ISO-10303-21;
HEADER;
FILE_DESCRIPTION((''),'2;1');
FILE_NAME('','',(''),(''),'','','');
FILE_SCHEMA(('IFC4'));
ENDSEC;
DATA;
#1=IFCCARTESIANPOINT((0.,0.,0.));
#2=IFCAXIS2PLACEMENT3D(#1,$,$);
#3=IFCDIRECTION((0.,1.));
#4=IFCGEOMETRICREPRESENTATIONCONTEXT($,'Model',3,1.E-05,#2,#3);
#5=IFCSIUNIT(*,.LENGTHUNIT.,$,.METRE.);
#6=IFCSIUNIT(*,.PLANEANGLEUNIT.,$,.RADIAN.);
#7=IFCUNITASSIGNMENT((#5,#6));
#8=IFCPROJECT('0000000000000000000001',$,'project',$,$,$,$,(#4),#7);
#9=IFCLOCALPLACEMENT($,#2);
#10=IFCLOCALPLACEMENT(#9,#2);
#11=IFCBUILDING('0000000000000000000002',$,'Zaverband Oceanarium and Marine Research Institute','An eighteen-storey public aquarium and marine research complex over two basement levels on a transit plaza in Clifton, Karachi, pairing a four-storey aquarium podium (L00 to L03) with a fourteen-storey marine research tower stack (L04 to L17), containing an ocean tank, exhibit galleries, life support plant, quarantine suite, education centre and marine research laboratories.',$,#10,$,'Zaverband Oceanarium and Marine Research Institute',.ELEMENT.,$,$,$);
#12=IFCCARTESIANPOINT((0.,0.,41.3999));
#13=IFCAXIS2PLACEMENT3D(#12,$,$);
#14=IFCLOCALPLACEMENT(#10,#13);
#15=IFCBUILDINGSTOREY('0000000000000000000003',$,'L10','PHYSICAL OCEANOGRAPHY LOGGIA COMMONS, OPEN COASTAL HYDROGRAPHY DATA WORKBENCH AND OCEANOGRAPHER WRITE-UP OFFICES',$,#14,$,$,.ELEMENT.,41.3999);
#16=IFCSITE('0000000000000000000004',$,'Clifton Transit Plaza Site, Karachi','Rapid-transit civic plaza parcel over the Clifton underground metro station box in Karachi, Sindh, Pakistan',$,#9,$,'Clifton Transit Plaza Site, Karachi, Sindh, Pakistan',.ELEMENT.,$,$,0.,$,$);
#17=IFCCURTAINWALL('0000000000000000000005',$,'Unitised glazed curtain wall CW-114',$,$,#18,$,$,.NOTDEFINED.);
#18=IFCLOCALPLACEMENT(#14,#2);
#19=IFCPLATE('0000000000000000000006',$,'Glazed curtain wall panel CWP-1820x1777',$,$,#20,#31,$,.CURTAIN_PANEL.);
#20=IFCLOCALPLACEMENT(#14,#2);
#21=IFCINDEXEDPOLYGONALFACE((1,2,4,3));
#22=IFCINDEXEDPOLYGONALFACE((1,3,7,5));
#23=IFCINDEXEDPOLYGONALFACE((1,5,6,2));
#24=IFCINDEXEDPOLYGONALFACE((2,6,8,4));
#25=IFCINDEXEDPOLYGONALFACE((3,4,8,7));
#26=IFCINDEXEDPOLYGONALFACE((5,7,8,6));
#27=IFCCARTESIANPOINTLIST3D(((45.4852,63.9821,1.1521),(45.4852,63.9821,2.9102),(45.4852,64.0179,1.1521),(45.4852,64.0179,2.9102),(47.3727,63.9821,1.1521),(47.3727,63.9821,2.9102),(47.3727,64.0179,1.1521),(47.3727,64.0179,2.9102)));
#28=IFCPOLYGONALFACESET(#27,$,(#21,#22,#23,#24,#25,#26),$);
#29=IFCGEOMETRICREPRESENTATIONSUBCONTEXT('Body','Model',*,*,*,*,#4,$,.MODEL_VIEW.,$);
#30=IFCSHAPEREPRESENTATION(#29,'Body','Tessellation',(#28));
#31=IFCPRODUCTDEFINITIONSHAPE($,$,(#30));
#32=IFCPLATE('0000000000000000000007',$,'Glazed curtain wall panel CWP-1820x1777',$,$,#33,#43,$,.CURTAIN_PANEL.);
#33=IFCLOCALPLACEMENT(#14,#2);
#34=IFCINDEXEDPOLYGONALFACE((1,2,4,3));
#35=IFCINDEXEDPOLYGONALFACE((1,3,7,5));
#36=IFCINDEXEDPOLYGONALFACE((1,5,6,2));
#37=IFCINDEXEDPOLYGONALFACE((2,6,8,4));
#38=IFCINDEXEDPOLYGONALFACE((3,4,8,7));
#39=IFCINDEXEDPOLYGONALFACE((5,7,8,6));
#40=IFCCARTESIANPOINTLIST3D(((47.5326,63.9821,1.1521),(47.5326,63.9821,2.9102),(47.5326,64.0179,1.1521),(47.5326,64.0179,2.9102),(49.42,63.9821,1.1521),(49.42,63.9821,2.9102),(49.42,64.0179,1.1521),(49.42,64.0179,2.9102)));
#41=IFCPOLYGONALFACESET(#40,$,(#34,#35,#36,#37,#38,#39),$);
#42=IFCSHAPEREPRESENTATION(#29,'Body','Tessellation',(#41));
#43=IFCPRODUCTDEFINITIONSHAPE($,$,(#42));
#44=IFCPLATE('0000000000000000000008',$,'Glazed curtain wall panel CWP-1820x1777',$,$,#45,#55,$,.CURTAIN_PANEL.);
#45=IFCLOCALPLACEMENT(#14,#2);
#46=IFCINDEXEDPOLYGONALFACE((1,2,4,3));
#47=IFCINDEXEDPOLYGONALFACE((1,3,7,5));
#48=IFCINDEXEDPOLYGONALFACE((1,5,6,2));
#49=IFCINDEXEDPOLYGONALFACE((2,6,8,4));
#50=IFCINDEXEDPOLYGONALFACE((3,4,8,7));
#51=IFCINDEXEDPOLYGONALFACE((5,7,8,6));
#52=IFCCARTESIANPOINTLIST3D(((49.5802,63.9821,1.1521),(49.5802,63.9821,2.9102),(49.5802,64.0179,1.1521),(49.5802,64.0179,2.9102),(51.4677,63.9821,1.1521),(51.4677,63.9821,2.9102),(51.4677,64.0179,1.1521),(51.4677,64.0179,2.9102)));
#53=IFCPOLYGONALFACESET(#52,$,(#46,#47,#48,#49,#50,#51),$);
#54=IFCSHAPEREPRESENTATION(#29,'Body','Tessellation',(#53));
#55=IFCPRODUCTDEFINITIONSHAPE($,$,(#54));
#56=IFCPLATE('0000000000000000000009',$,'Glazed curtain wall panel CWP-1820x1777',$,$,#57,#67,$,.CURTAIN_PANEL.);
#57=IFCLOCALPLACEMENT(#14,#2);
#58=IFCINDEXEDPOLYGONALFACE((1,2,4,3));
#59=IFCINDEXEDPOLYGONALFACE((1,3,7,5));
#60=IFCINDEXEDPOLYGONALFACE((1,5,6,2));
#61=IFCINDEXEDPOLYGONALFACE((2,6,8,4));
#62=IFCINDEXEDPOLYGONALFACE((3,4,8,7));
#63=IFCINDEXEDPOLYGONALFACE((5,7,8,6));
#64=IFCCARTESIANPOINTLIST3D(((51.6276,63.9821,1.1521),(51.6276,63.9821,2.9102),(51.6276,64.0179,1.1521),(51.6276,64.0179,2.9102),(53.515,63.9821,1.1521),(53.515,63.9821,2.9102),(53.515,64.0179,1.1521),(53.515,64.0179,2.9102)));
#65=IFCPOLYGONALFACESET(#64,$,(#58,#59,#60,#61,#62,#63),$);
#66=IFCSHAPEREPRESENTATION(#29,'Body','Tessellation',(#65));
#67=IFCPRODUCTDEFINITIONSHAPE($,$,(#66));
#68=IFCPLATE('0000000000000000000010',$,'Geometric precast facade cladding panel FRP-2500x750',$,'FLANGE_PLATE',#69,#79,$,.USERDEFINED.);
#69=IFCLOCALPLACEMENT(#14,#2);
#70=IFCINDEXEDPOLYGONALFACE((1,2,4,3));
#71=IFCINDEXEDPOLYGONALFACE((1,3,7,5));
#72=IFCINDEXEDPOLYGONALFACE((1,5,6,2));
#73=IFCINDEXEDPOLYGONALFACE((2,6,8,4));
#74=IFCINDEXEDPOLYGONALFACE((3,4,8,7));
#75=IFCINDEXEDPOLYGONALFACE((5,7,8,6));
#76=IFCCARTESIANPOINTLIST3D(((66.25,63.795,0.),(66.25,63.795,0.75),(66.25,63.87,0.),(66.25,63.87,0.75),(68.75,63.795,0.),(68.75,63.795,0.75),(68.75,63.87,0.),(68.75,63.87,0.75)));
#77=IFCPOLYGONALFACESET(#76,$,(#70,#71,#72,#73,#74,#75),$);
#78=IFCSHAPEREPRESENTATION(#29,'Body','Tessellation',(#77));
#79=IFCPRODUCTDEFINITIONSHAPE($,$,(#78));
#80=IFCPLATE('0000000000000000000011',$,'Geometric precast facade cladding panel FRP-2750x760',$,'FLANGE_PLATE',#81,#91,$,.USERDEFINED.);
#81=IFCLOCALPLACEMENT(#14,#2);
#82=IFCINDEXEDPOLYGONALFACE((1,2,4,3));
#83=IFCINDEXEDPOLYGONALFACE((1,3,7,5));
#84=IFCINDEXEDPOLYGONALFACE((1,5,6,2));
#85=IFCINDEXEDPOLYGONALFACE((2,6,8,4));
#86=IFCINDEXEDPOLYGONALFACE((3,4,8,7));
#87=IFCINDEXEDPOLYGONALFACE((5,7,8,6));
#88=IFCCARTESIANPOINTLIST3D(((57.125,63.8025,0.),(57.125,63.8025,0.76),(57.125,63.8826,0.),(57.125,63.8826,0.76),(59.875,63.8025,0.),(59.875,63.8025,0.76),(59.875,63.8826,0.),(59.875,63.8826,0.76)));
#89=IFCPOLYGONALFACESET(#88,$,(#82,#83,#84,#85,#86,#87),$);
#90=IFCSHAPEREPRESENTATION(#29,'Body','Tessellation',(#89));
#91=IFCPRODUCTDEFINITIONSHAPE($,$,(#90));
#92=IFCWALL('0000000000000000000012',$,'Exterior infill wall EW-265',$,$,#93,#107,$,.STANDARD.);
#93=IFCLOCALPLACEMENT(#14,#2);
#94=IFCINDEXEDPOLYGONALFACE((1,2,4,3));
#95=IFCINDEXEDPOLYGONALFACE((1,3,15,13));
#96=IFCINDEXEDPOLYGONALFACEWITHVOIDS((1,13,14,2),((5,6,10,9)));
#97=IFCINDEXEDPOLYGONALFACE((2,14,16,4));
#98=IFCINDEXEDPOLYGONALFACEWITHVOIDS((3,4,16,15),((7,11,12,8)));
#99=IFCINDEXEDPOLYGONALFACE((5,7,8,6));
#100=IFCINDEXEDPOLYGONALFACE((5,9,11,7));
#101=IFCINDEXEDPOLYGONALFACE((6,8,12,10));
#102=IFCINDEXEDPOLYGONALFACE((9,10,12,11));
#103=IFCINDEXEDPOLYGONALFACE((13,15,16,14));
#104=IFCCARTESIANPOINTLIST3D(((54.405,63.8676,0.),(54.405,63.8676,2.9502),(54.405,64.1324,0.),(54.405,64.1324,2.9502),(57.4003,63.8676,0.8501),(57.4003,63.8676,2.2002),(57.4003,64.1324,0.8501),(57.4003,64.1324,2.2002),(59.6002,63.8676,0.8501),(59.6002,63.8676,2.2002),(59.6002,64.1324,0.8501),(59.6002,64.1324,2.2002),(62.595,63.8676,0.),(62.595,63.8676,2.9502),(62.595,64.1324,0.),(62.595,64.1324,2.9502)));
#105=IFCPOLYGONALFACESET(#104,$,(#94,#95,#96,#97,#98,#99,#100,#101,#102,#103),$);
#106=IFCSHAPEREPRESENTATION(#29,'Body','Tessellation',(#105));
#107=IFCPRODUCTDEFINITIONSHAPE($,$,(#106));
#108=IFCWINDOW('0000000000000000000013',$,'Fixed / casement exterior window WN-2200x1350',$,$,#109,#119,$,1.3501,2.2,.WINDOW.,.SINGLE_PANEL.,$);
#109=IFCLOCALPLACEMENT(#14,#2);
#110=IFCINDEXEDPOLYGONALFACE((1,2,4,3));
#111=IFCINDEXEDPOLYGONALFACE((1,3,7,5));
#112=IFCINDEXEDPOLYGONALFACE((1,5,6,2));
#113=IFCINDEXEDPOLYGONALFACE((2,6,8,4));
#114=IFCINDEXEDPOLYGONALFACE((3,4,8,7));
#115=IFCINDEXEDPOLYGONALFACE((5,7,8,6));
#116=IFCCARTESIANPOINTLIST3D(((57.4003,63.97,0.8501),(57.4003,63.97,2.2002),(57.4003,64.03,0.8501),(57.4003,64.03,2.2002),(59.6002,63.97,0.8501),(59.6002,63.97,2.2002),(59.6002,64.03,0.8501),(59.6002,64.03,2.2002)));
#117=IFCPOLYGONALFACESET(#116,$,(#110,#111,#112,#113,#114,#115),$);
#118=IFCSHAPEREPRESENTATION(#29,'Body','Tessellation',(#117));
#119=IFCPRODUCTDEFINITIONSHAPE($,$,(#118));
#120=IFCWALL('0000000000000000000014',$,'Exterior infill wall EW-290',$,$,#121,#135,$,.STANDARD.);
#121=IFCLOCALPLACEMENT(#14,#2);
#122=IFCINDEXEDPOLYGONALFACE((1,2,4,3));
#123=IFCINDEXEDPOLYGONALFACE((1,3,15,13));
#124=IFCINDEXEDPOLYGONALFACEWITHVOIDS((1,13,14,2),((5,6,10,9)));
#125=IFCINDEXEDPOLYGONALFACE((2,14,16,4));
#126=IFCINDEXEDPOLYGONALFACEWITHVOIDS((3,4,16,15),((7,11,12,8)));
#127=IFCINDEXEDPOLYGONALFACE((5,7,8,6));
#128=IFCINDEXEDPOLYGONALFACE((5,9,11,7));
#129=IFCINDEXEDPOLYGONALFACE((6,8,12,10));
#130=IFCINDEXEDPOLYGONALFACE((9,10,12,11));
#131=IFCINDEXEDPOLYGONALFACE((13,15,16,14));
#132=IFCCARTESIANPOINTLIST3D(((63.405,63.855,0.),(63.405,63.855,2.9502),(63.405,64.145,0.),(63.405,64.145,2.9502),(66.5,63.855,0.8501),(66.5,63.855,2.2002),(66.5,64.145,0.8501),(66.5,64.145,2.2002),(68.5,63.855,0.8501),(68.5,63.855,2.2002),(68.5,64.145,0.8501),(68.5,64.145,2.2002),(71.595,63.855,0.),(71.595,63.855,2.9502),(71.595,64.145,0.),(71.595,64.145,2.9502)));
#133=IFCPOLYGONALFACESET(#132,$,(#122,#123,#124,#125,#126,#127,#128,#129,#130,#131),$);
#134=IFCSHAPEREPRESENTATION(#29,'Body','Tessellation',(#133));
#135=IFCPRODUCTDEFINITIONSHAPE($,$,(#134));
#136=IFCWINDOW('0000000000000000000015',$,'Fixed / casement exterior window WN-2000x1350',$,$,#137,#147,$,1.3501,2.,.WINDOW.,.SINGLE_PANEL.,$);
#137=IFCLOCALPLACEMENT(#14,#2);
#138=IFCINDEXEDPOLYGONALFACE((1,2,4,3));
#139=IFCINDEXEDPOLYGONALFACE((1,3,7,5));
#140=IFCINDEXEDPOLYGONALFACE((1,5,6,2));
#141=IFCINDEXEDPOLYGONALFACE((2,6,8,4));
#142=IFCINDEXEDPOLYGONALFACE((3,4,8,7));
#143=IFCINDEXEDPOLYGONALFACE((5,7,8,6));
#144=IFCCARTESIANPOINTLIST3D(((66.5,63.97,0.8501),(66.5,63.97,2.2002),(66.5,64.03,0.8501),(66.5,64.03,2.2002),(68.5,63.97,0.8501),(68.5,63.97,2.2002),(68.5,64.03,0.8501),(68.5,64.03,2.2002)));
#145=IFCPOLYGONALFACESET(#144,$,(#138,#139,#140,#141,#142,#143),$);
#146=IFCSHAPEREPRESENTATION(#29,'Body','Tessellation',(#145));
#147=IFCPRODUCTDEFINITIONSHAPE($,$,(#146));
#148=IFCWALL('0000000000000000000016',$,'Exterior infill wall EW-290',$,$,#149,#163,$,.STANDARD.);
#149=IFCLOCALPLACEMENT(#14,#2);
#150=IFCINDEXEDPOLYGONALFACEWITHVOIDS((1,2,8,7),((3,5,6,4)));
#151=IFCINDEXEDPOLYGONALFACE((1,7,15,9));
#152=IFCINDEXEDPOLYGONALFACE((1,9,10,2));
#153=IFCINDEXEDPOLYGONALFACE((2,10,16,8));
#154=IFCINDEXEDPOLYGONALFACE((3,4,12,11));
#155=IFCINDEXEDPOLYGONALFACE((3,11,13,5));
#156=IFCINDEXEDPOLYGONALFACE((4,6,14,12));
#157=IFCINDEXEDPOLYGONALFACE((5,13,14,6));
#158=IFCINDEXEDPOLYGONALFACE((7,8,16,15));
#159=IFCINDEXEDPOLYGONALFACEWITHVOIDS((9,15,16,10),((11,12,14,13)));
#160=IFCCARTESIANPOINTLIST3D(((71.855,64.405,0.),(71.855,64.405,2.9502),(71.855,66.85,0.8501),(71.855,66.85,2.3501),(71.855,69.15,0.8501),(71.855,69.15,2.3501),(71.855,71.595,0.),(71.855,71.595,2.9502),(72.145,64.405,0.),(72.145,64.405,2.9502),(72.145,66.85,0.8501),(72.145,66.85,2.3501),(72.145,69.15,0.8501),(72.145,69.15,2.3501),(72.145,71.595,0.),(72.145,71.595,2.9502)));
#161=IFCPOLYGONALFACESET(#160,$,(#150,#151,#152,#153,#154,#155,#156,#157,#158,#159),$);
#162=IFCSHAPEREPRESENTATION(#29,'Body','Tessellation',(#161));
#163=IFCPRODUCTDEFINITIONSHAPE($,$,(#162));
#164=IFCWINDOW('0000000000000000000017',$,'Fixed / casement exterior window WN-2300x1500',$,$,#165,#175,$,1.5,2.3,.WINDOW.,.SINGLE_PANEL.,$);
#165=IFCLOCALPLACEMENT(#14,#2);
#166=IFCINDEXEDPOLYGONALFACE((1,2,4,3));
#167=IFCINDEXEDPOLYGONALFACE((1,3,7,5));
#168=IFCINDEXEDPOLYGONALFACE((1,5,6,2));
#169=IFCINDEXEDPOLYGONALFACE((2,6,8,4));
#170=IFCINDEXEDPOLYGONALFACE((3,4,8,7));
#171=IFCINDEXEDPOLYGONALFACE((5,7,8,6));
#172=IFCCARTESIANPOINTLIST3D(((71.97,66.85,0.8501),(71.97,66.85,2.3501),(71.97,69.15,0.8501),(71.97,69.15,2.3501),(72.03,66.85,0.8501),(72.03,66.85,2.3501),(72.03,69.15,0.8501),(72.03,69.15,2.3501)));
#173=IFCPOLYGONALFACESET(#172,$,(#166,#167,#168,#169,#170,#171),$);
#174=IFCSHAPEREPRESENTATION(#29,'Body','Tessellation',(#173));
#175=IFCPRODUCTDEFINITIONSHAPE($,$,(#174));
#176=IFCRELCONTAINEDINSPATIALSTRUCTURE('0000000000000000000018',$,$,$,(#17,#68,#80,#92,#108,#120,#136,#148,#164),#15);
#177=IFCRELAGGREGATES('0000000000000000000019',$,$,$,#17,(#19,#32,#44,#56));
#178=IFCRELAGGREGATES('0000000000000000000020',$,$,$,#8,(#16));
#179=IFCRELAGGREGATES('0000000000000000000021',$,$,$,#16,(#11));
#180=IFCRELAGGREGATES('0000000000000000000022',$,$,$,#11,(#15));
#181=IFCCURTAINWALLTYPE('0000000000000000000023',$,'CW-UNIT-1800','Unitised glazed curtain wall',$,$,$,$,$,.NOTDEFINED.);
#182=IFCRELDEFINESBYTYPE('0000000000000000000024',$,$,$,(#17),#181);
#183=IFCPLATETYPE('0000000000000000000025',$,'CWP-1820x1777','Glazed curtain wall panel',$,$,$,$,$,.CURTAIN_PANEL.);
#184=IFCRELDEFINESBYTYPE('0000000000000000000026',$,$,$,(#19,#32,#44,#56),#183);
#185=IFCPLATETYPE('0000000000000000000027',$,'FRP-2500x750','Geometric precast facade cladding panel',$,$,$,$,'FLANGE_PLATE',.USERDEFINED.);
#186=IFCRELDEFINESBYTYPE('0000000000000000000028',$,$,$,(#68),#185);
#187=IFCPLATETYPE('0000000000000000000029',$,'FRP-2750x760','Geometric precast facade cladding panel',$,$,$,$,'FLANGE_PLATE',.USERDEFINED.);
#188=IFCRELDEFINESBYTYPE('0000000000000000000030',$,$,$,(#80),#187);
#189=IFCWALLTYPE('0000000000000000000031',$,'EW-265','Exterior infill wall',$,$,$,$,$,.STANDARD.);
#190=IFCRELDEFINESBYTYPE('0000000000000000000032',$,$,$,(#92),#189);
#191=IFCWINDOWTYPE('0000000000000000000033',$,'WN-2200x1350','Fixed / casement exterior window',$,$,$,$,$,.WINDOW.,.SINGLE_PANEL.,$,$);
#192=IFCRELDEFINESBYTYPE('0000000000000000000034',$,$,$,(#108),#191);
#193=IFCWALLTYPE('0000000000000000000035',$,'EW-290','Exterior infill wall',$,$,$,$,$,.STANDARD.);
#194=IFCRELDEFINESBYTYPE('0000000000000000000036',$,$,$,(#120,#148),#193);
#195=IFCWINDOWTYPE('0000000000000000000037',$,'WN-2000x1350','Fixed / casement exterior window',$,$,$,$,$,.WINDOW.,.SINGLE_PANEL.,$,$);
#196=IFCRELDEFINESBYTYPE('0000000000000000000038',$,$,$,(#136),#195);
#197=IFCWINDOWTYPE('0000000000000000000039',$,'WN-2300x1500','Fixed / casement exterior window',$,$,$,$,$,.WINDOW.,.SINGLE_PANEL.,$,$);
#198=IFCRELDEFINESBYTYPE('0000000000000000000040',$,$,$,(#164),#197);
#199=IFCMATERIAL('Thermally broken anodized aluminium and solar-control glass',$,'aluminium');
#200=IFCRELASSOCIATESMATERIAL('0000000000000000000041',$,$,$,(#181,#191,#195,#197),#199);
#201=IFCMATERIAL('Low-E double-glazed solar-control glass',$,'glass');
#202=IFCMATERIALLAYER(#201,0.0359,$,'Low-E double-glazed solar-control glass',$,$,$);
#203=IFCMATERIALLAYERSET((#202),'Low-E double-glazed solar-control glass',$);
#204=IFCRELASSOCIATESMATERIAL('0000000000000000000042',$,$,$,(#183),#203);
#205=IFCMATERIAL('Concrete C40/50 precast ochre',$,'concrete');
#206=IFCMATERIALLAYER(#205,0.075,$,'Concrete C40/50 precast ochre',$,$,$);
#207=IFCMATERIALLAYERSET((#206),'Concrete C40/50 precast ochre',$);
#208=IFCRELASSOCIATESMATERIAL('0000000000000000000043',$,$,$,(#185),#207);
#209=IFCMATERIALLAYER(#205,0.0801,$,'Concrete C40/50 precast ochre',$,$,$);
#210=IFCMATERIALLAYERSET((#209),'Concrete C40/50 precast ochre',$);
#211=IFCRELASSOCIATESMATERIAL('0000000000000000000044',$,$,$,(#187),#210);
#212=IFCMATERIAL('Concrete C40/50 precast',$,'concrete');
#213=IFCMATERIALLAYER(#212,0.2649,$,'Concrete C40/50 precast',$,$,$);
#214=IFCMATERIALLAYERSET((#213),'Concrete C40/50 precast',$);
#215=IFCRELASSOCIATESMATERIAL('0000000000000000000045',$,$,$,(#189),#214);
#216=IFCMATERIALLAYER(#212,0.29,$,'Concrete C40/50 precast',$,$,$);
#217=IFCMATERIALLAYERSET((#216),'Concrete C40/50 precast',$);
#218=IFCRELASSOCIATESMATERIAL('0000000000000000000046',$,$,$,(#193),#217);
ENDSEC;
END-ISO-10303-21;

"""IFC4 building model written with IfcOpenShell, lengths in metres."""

from ifc_helpers import new_model, si_unit, direction, frame, frame_2d, origin, place, context, subcontext, project, spatial, rectangle, extrude, material, layer, layer_set, type_object, element, fill, aggregate, save


model = new_model("IFC4")

# Units and contexts
model_context = context("Model", 3, precision=1e-05, world=origin(), true_north=direction((0.0, 1.0)))
body_context = subcontext(model_context, "Body", "Model", "MODEL_VIEW")
ifc_project = project(units=[si_unit("LENGTHUNIT", "METRE"), si_unit("PLANEANGLEUNIT", "RADIAN")], contexts=[model_context])

# Site, building, storey
site_placement = place(None, origin())
site = spatial("IfcSite", under=ifc_project, at=site_placement, Name="Clifton Transit Plaza Site, Karachi", Description="Rapid-transit civic plaza parcel over the Clifton underground metro station box in Karachi, Sindh, Pakistan", LongName="Clifton Transit Plaza Site, Karachi, Sindh, Pakistan", CompositionType="ELEMENT", RefElevation=0.0)
building_placement = place(site_placement, origin())
building = spatial("IfcBuilding", under=site, at=building_placement, Name="Zaverband Oceanarium and Marine Research Institute", Description="An eighteen-storey public aquarium and marine research complex over two basement levels on a transit plaza in Clifton, Karachi, pairing a four-storey aquarium podium (L00 to L03) with a fourteen-storey marine research tower stack (L04 to L17), containing an ocean tank, exhibit galleries, life support plant, quarantine suite, education centre and marine research laboratories.", LongName="Zaverband Oceanarium and Marine Research Institute", CompositionType="ELEMENT")
storey_placement = place(building_placement, frame((0.0, 0.0, 41.3999)))
storey = spatial("IfcBuildingStorey", under=building, at=storey_placement, Name="L10", Description="PHYSICAL OCEANOGRAPHY LOGGIA COMMONS, OPEN COASTAL HYDROGRAPHY DATA WORKBENCH AND OCEANOGRAPHER WRITE-UP OFFICES", CompositionType="ELEMENT", Elevation=41.3999)

# Curtain wall
ifc_material_1 = material(Name="Thermally broken anodized aluminium and solar-control glass", Category="aluminium")
curtain_wall_type = type_object("IfcCurtainWallType", Name="CW-UNIT-1800", Description="Unitised glazed curtain wall", PredefinedType="NOTDEFINED", material=ifc_material_1)
curtain_wall_placement = place(storey_placement, origin())
curtain_wall = element("IfcCurtainWall", 1, at=curtain_wall_placement, inside=storey, type_object=curtain_wall_type, Name="Unitised glazed curtain wall CW-114", PredefinedType="NOTDEFINED")

# Plates
ifc_material_2 = material(Name="Low-E double-glazed solar-control glass", Category="glass")
ifc_layer_1 = layer(ifc_material_2, 0.0359, Name="Low-E double-glazed solar-control glass")
ifc_layer_set_1 = layer_set([ifc_layer_1], Name="Low-E double-glazed solar-control glass")
plate_type_1 = type_object("IfcPlateType", Name="CWP-1820x1777", Description="Glazed curtain wall panel", PredefinedType="CURTAIN_PANEL", material=ifc_layer_set_1)
plate_1_placement = place(storey_placement, frame((45.4851, 64.0, 1.1521), z_axis=(0.0, 0.0, 1.0), x_axis=(1.0, 0.0, 0.0)))
plate_1 = element("IfcPlate", 2, at=plate_1_placement, type_object=plate_type_1, Name="Glazed curtain wall panel CWP-1820x1777", PredefinedType="CURTAIN_PANEL", context=body_context, shape_type="SweptSolid", body=[
    extrude(rectangle(XDim=1.8875, YDim=0.0359, at=frame_2d((0.9438, 0.0))), origin(), (0.0, 0.0, 1.0), 1.7581),
])
plate_2_placement = place(storey_placement, frame((47.5325, 64.0, 1.1521), z_axis=(0.0, 0.0, 1.0), x_axis=(1.0, 0.0, 0.0)))
plate_2 = element("IfcPlate", 3, at=plate_2_placement, type_object=plate_type_1, Name="Glazed curtain wall panel CWP-1820x1777", PredefinedType="CURTAIN_PANEL", context=body_context, shape_type="SweptSolid", body=[
    extrude(rectangle(XDim=1.8875, YDim=0.0359, at=frame_2d((0.9438, 0.0))), origin(), (0.0, 0.0, 1.0), 1.7581),
])
plate_3_placement = place(storey_placement, frame((49.5801, 64.0, 1.1521), z_axis=(0.0, 0.0, 1.0), x_axis=(1.0, 0.0, 0.0)))
plate_3 = element("IfcPlate", 4, at=plate_3_placement, type_object=plate_type_1, Name="Glazed curtain wall panel CWP-1820x1777", PredefinedType="CURTAIN_PANEL", context=body_context, shape_type="SweptSolid", body=[
    extrude(rectangle(XDim=1.8875, YDim=0.0359, at=frame_2d((0.9438, 0.0))), origin(), (0.0, 0.0, 1.0), 1.7581),
])
plate_4_placement = place(storey_placement, frame((51.6274, 64.0, 1.1521), z_axis=(0.0, 0.0, 1.0), x_axis=(1.0, 0.0, 0.0)))
plate_4 = element("IfcPlate", 5, at=plate_4_placement, type_object=plate_type_1, Name="Glazed curtain wall panel CWP-1820x1777", PredefinedType="CURTAIN_PANEL", context=body_context, shape_type="SweptSolid", body=[
    extrude(rectangle(XDim=1.8875, YDim=0.0359, at=frame_2d((0.9438, 0.0))), origin(), (0.0, 0.0, 1.0), 1.7581),
])
aggregate(curtain_wall, [plate_1, plate_2, plate_3, plate_4])

# Plates
ifc_material_3 = material(Name="Concrete C40/50 precast ochre", Category="concrete")
ifc_layer_2 = layer(ifc_material_3, 0.075, Name="Concrete C40/50 precast ochre")
ifc_layer_set_2 = layer_set([ifc_layer_2], Name="Concrete C40/50 precast ochre")
plate_type_2 = type_object("IfcPlateType", Name="FRP-2500x750", Description="Geometric precast facade cladding panel", ElementType="FLANGE_PLATE", PredefinedType="USERDEFINED", material=ifc_layer_set_2)
plate_5_placement = place(storey_placement, frame((66.25, 63.8325, 0.0), z_axis=(0.0, 0.0, 1.0), x_axis=(1.0, 0.0, 0.0)))
element("IfcPlate", 6, at=plate_5_placement, inside=storey, type_object=plate_type_2, Name="Geometric precast facade cladding panel FRP-2500x750", ObjectType="FLANGE_PLATE", PredefinedType="USERDEFINED", context=body_context, shape_type="SweptSolid", body=[
    extrude(rectangle(XDim=2.5, YDim=0.075, at=frame_2d((1.25, 0.0))), origin(), (0.0, 0.0, 1.0), 0.75),
])
ifc_layer_3 = layer(ifc_material_3, 0.0801, Name="Concrete C40/50 precast ochre")
ifc_layer_set_3 = layer_set([ifc_layer_3], Name="Concrete C40/50 precast ochre")
plate_type_3 = type_object("IfcPlateType", Name="FRP-2750x760", Description="Geometric precast facade cladding panel", ElementType="FLANGE_PLATE", PredefinedType="USERDEFINED", material=ifc_layer_set_3)
plate_6_placement = place(storey_placement, frame((57.125, 63.8425, 0.0), z_axis=(0.0, 0.0, 1.0), x_axis=(1.0, 0.0, 0.0)))
element("IfcPlate", 7, at=plate_6_placement, inside=storey, type_object=plate_type_3, Name="Geometric precast facade cladding panel FRP-2750x760", ObjectType="FLANGE_PLATE", PredefinedType="USERDEFINED", context=body_context, shape_type="SweptSolid", body=[
    extrude(rectangle(XDim=2.75, YDim=0.0801, at=frame_2d((1.375, 0.0))), origin(), (0.0, 0.0, 1.0), 0.76),
])

# Walls, openings, windows
ifc_material_4 = material(Name="Concrete C40/50 precast", Category="concrete")
ifc_layer_4 = layer(ifc_material_4, 0.2649, Name="Concrete C40/50 precast")
ifc_layer_set_4 = layer_set([ifc_layer_4], Name="Concrete C40/50 precast")
wall_type_1 = type_object("IfcWallType", Name="EW-265", Description="Exterior infill wall", PredefinedType="STANDARD", material=ifc_layer_set_4)
wall_1_placement = place(storey_placement, frame((54.405, 64.0, 0.0), z_axis=(0.0, 0.0, 1.0), x_axis=(1.0, 0.0, 0.0)))
wall_1 = element("IfcWall", 8, at=wall_1_placement, inside=storey, type_object=wall_type_1, Name="Exterior infill wall EW-265", PredefinedType="STANDARD", context=body_context, shape_type="SweptSolid", body=[
    extrude(rectangle(XDim=8.1899, YDim=0.2649, at=frame_2d((4.095, 0.0))), origin(), (0.0, 0.0, 1.0), 2.9502),
])
opening_1_placement = place(wall_1_placement, frame((2.9951, 0.0, 0.8501)))
opening_1 = element("IfcOpeningElement", 9, at=opening_1_placement, cuts=wall_1, PredefinedType="OPENING", context=body_context, shape_type="SweptSolid", body=[
    extrude(rectangle(XDim=2.2, YDim=1.3501, at=frame_2d((1.1001, 0.675))), frame((0.0, 0.1445, 0.0), z_axis=(0.0, -1.0, 0.0), x_axis=(1.0, 0.0, 0.0)), (0.0, 0.0, 1.0), 0.2888),
])
window_type_1 = type_object("IfcWindowType", Name="WN-2200x1350", Description="Fixed / casement exterior window", PartitioningType="SINGLE_PANEL", PredefinedType="WINDOW", material=ifc_material_1)
window_1_placement = place(opening_1_placement, origin())
window_1 = element("IfcWindow", 10, at=window_1_placement, inside=storey, type_object=window_type_1, Name="Fixed / casement exterior window WN-2200x1350", OverallHeight=1.3501, OverallWidth=2.2, PartitioningType="SINGLE_PANEL", PredefinedType="WINDOW", context=body_context, shape_type="SweptSolid", body=[
    extrude(rectangle(XDim=2.2, YDim=1.3501, at=frame_2d((1.1001, 0.675))), frame((0.0, 0.03, 0.0), z_axis=(0.0, -1.0, 0.0), x_axis=(1.0, 0.0, 0.0)), (0.0, 0.0, 1.0), 0.0601),
])
fill(opening_1, window_1)
ifc_layer_5 = layer(ifc_material_4, 0.29, Name="Concrete C40/50 precast")
ifc_layer_set_5 = layer_set([ifc_layer_5], Name="Concrete C40/50 precast")
wall_type_2 = type_object("IfcWallType", Name="EW-290", Description="Exterior infill wall", PredefinedType="STANDARD", material=ifc_layer_set_5)
wall_2_placement = place(storey_placement, frame((63.405, 64.0, 0.0), z_axis=(0.0, 0.0, 1.0), x_axis=(1.0, 0.0, 0.0)))
wall_2 = element("IfcWall", 11, at=wall_2_placement, inside=storey, type_object=wall_type_2, Name="Exterior infill wall EW-290", PredefinedType="STANDARD", context=body_context, shape_type="SweptSolid", body=[
    extrude(rectangle(XDim=8.1899, YDim=0.29, at=frame_2d((4.095, 0.0))), origin(), (0.0, 0.0, 1.0), 2.9502),
])
opening_2_placement = place(wall_2_placement, frame((3.095, 0.0, 0.8501)))
opening_2 = element("IfcOpeningElement", 12, at=opening_2_placement, cuts=wall_2, PredefinedType="OPENING", context=body_context, shape_type="SweptSolid", body=[
    extrude(rectangle(XDim=2.0, YDim=1.3501, at=frame_2d((1.0, 0.675))), frame((0.0, 0.157, 0.0), z_axis=(0.0, -1.0, 0.0), x_axis=(1.0, 0.0, 0.0)), (0.0, 0.0, 1.0), 0.314),
])
window_type_2 = type_object("IfcWindowType", Name="WN-2000x1350", Description="Fixed / casement exterior window", PartitioningType="SINGLE_PANEL", PredefinedType="WINDOW", material=ifc_material_1)
window_2_placement = place(opening_2_placement, origin())
window_2 = element("IfcWindow", 13, at=window_2_placement, inside=storey, type_object=window_type_2, Name="Fixed / casement exterior window WN-2000x1350", OverallHeight=1.3501, OverallWidth=2.0, PartitioningType="SINGLE_PANEL", PredefinedType="WINDOW", context=body_context, shape_type="SweptSolid", body=[
    extrude(rectangle(XDim=2.0, YDim=1.3501, at=frame_2d((1.0, 0.675))), frame((0.0, 0.03, 0.0), z_axis=(0.0, -1.0, 0.0), x_axis=(1.0, 0.0, 0.0)), (0.0, 0.0, 1.0), 0.0601),
])
fill(opening_2, window_2)
wall_3_placement = place(storey_placement, frame((72.0, 64.405, 0.0), z_axis=(0.0, 0.0, 1.0), x_axis=(0.0, 1.0, 0.0)))
wall_3 = element("IfcWall", 14, at=wall_3_placement, inside=storey, type_object=wall_type_2, Name="Exterior infill wall EW-290", PredefinedType="STANDARD", context=body_context, shape_type="SweptSolid", body=[
    extrude(rectangle(XDim=7.1899, YDim=0.29, at=frame_2d((3.595, 0.0))), origin(), (0.0, 0.0, 1.0), 2.9502),
])
opening_3_placement = place(wall_3_placement, frame((2.4451, 0.0, 0.8501)))
opening_3 = element("IfcOpeningElement", 15, at=opening_3_placement, cuts=wall_3, PredefinedType="OPENING", context=body_context, shape_type="SweptSolid", body=[
    extrude(rectangle(XDim=2.3, YDim=1.5, at=frame_2d((1.1499, 0.75))), frame((0.0, 0.157, 0.0), z_axis=(0.0, -1.0, 0.0), x_axis=(1.0, 0.0, 0.0)), (0.0, 0.0, 1.0), 0.314),
])
window_type_3 = type_object("IfcWindowType", Name="WN-2300x1500", Description="Fixed / casement exterior window", PartitioningType="SINGLE_PANEL", PredefinedType="WINDOW", material=ifc_material_1)
window_3_placement = place(opening_3_placement, origin())
window_3 = element("IfcWindow", 16, at=window_3_placement, inside=storey, type_object=window_type_3, Name="Fixed / casement exterior window WN-2300x1500", OverallHeight=1.5, OverallWidth=2.3, PartitioningType="SINGLE_PANEL", PredefinedType="WINDOW", context=body_context, shape_type="SweptSolid", body=[
    extrude(rectangle(XDim=2.3, YDim=1.5, at=frame_2d((1.1499, 0.75))), frame((0.0, 0.03, 0.0), z_axis=(0.0, -1.0, 0.0), x_axis=(1.0, 0.0, 0.0)), (0.0, 0.0, 1.0), 0.0601),
])
fill(opening_3, window_3)

save(model, "model.ifc")
